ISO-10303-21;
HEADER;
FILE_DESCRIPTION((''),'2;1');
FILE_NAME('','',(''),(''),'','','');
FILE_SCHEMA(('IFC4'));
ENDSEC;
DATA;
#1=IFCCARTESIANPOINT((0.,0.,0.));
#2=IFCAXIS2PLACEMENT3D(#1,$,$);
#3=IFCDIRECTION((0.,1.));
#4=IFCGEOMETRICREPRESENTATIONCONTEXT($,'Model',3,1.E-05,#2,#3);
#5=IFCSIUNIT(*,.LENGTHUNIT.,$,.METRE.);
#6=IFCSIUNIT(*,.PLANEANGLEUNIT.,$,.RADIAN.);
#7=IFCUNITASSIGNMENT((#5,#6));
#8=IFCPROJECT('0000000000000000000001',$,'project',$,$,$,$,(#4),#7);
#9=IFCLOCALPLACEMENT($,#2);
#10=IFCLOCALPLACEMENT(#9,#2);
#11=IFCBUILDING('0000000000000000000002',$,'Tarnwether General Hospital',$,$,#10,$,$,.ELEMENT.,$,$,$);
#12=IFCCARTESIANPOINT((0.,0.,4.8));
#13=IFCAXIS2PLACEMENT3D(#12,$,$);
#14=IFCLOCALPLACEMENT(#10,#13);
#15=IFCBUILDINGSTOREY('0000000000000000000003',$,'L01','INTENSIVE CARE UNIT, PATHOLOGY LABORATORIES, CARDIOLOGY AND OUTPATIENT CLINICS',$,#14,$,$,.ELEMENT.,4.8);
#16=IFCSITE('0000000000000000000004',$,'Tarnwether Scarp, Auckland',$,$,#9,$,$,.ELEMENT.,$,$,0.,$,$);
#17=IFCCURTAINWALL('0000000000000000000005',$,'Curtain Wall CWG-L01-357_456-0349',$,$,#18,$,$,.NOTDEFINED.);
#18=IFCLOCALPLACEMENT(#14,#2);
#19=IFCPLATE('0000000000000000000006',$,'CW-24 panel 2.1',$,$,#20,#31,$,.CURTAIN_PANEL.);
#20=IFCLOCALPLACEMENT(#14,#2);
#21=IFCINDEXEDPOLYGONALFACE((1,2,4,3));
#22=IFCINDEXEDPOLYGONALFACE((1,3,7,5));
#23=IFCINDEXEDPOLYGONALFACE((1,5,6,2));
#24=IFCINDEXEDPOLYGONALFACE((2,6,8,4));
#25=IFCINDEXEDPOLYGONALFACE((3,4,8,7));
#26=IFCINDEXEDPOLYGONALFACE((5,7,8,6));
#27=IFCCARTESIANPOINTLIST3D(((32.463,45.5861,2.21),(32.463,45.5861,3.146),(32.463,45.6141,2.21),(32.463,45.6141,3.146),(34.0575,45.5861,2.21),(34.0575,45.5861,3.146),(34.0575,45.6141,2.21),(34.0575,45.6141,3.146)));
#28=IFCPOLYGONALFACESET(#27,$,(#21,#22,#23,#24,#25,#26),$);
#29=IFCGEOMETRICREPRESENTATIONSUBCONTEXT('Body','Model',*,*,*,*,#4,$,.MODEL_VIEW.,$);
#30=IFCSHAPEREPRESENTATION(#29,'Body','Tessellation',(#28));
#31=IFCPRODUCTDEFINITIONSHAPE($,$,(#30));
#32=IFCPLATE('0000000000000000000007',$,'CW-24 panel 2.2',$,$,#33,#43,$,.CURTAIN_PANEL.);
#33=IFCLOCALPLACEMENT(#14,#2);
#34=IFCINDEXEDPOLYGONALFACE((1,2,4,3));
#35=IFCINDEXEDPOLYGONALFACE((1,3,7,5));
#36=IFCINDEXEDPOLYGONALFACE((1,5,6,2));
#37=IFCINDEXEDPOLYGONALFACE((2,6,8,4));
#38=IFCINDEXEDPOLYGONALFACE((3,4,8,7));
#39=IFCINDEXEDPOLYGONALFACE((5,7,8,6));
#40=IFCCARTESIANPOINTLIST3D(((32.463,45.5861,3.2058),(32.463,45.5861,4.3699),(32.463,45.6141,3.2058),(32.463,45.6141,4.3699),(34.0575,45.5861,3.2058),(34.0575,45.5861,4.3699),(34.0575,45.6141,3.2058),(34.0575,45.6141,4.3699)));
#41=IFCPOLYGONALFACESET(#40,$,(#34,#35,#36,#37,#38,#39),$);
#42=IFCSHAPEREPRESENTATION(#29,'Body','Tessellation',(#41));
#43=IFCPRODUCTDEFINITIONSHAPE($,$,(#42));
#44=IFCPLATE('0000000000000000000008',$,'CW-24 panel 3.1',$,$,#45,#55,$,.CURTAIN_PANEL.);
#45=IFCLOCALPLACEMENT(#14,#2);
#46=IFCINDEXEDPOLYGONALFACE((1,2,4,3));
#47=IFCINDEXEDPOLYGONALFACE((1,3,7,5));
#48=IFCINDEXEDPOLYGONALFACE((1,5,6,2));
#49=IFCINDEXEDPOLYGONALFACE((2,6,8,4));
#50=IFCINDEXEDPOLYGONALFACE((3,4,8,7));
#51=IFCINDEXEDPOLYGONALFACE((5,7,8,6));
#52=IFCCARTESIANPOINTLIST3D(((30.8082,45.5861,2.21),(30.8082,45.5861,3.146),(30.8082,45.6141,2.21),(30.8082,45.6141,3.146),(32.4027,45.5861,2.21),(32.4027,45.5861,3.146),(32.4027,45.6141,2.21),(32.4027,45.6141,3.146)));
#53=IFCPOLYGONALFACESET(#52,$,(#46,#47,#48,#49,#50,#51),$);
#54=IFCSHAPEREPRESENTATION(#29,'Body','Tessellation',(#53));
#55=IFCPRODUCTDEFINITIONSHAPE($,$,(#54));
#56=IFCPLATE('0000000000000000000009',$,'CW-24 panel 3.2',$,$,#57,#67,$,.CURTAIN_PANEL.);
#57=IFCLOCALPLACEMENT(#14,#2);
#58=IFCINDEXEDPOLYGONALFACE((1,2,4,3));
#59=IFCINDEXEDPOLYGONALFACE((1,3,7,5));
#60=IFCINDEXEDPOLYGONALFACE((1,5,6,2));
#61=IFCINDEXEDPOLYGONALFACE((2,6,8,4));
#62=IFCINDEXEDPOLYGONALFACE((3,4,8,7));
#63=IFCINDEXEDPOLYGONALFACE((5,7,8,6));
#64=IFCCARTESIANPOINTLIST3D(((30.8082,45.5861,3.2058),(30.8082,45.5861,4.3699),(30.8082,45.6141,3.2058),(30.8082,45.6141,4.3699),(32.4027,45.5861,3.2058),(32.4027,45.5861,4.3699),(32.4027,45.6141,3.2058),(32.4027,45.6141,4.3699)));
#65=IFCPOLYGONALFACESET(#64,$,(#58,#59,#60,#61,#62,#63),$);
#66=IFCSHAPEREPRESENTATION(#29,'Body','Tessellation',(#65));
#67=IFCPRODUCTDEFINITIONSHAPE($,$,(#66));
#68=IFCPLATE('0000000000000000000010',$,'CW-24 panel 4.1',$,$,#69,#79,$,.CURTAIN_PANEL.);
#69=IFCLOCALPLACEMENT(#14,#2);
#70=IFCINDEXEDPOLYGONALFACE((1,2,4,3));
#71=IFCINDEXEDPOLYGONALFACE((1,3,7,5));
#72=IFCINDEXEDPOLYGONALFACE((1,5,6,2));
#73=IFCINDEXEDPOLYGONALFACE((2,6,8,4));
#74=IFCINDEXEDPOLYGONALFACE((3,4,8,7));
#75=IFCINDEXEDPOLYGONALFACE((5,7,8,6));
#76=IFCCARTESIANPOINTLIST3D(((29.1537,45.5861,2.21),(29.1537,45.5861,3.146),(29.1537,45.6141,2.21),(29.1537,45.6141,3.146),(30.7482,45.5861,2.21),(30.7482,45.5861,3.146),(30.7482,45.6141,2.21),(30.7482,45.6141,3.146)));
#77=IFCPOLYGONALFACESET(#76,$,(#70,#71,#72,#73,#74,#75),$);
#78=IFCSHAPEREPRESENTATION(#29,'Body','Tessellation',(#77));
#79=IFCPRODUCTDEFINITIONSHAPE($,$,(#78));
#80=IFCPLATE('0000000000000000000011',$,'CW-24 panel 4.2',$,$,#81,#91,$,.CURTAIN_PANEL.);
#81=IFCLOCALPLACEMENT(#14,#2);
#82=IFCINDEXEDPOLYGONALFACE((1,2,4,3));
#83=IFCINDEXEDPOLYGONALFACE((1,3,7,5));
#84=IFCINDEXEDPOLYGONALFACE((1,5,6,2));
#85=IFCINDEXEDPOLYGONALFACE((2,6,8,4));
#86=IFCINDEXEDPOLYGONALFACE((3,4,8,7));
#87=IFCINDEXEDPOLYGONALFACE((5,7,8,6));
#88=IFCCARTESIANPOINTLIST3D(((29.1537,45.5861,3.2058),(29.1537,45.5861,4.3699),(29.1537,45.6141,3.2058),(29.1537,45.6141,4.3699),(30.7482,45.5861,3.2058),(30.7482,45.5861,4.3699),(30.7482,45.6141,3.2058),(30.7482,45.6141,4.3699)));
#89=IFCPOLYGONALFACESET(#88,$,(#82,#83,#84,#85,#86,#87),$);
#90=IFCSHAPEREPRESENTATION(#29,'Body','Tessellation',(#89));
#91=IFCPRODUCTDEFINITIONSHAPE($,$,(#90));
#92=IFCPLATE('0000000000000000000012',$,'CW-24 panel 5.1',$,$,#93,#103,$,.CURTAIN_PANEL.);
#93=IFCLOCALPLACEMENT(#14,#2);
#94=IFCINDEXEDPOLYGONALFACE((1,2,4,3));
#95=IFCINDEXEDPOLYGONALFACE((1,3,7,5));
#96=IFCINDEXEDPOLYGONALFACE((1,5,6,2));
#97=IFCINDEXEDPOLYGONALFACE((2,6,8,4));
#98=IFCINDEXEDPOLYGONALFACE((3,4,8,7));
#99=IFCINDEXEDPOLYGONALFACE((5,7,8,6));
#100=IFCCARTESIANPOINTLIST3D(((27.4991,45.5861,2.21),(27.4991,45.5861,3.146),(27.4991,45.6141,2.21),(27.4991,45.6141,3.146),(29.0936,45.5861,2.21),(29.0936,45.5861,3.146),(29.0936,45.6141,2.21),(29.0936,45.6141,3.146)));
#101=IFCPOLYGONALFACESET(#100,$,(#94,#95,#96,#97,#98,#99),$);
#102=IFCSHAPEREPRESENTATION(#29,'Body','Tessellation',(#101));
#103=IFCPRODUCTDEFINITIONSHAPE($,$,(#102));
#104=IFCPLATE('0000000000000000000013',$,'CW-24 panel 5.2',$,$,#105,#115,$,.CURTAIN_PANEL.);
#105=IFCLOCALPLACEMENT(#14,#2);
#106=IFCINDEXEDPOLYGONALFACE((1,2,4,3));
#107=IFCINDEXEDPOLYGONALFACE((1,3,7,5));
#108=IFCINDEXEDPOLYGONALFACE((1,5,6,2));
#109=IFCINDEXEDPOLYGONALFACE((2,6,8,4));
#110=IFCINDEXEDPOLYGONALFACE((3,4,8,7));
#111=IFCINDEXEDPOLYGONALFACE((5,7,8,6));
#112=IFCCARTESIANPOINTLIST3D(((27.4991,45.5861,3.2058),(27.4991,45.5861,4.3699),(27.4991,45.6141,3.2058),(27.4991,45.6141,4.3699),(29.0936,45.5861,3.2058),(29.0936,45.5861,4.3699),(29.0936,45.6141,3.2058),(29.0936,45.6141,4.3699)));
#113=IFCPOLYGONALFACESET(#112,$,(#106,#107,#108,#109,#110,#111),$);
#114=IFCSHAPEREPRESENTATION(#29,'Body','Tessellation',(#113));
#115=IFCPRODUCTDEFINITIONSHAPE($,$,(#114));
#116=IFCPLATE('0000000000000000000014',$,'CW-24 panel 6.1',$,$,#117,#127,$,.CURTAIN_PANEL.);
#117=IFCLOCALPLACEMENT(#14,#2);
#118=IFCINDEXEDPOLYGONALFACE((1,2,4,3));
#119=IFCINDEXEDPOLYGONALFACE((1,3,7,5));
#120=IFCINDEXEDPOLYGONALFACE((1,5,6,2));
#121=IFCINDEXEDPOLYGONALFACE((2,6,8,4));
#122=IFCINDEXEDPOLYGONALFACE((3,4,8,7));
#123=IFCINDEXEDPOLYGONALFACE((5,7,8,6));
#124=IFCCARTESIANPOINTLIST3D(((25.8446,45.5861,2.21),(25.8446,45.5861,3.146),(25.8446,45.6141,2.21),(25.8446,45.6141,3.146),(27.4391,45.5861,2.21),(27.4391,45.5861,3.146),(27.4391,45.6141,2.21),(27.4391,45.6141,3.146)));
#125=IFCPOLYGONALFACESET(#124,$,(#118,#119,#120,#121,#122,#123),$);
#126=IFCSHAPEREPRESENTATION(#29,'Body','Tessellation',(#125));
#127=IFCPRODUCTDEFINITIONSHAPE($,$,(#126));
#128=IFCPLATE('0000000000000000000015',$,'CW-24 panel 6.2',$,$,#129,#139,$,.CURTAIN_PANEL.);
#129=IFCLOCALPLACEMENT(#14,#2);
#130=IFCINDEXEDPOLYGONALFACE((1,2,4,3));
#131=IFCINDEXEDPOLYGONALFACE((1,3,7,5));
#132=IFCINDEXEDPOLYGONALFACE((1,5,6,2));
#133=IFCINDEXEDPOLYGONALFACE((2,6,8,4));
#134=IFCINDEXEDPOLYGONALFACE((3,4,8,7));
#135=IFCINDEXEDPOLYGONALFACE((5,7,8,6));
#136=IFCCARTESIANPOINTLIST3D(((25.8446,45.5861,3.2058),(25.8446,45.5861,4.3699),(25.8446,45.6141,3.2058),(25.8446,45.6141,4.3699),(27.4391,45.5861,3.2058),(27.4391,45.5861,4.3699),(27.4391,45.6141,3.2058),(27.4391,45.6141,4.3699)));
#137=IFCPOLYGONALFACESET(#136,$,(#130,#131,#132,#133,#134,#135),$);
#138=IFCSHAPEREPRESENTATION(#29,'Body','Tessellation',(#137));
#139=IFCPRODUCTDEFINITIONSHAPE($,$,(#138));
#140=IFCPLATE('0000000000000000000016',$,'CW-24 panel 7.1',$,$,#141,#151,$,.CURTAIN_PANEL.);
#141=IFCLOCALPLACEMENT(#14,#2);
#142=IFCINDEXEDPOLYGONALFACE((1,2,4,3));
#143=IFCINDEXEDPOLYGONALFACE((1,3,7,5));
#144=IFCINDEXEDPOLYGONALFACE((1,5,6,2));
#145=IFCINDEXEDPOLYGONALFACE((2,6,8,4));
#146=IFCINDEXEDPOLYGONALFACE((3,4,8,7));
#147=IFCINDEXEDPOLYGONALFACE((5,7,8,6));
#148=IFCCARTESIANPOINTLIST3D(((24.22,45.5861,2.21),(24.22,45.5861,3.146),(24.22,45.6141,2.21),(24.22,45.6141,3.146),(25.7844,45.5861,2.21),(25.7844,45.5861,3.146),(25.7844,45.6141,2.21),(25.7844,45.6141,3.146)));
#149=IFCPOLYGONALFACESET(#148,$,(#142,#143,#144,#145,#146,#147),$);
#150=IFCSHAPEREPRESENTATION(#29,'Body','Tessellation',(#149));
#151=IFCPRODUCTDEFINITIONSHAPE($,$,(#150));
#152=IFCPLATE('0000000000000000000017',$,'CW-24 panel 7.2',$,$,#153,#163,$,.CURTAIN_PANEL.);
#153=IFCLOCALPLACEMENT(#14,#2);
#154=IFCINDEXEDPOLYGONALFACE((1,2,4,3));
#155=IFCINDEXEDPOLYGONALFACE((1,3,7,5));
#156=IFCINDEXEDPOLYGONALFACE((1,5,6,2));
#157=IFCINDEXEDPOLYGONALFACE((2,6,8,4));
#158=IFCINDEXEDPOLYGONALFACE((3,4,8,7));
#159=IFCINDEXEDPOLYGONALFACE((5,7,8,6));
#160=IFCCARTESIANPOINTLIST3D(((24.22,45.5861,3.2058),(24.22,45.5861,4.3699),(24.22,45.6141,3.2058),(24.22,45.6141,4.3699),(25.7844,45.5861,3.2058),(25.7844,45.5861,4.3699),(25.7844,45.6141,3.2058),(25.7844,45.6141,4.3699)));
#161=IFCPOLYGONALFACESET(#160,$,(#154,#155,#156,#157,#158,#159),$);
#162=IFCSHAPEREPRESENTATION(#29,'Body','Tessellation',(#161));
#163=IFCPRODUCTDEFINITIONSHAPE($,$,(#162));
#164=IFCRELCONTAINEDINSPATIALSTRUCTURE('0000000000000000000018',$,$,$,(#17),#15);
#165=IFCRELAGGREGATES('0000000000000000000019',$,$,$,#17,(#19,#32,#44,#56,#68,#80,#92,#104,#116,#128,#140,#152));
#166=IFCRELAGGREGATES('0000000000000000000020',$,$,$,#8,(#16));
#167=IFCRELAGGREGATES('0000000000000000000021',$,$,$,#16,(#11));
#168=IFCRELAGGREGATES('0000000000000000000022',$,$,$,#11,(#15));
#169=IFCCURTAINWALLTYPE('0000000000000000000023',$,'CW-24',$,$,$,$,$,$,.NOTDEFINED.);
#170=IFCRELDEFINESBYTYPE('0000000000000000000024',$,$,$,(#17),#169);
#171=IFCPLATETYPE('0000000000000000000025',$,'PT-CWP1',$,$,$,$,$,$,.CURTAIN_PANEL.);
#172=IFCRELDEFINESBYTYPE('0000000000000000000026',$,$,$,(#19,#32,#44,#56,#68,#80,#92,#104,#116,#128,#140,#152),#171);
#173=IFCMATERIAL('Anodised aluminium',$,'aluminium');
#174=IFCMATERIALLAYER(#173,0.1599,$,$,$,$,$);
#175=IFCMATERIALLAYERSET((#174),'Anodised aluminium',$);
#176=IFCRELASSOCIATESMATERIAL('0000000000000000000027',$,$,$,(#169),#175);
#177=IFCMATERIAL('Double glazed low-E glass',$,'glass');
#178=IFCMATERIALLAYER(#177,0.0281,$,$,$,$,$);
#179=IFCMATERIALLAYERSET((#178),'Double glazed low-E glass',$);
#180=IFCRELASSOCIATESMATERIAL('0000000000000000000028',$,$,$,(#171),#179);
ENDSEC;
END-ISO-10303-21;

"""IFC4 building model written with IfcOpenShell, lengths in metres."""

from ifc_helpers import new_model, si_unit, direction, frame, origin, origin_2d, place, context, subcontext, project, spatial, rectangle, extrude, material, layer, layer_set, type_object, element, aggregate, save


model = new_model("IFC4")

# Units and contexts
model_context = context("Model", 3, precision=1e-05, world=origin(), true_north=direction((0.0, 1.0)))
body_context = subcontext(model_context, "Body", "Model", "MODEL_VIEW")
ifc_project = project(units=[si_unit("LENGTHUNIT", "METRE"), si_unit("PLANEANGLEUNIT", "RADIAN")], contexts=[model_context])

# Site, building, storey
site_placement = place(None, origin())
site = spatial("IfcSite", under=ifc_project, at=site_placement, Name="Tarnwether Scarp, Auckland", CompositionType="ELEMENT", RefElevation=0.0)
building_placement = place(site_placement, origin())
building = spatial("IfcBuilding", under=site, at=building_placement, Name="Tarnwether General Hospital", CompositionType="ELEMENT")
storey_placement = place(building_placement, frame((0.0, 0.0, 4.8)))
storey = spatial("IfcBuildingStorey", under=building, at=storey_placement, Name="L01", Description="INTENSIVE CARE UNIT, PATHOLOGY LABORATORIES, CARDIOLOGY AND OUTPATIENT CLINICS", CompositionType="ELEMENT", Elevation=4.8)

# Curtain wall, plates
ifc_material_1 = material(Name="Anodised aluminium", Category="aluminium")
ifc_layer_1 = layer(ifc_material_1, 0.1599)
ifc_layer_set_1 = layer_set([ifc_layer_1], Name="Anodised aluminium")
curtain_wall_type = type_object("IfcCurtainWallType", Name="CW-24", PredefinedType="NOTDEFINED", material=ifc_layer_set_1)
curtain_wall_placement = place(storey_placement, origin())
curtain_wall = element("IfcCurtainWall", 1, at=curtain_wall_placement, inside=storey, type_object=curtain_wall_type, Name="Curtain Wall CWG-L01-357_456-0349", PredefinedType="NOTDEFINED")
ifc_material_2 = material(Name="Double glazed low-E glass", Category="glass")
ifc_layer_2 = layer(ifc_material_2, 0.0281)
ifc_layer_set_2 = layer_set([ifc_layer_2], Name="Double glazed low-E glass")
plate_type = type_object("IfcPlateType", Name="PT-CWP1", PredefinedType="CURTAIN_PANEL", material=ifc_layer_set_2)
plate_1_placement = place(storey_placement, frame((33.2603, 45.6001, 2.21), z_axis=(0.0, 0.0, 1.0), x_axis=(-1.0, 0.0, 0.0)))
plate_1 = element("IfcPlate", 2, at=plate_1_placement, type_object=plate_type, Name="CW-24 panel 2.1", PredefinedType="CURTAIN_PANEL", context=body_context, shape_type="SweptSolid", body=[
    extrude(rectangle(XDim=1.5945, YDim=0.0281, at=origin_2d()), origin(), (0.0, 0.0, 1.0), 0.936),
])
plate_2_placement = place(storey_placement, frame((33.2603, 45.6001, 3.2058), z_axis=(0.0, 0.0, 1.0), x_axis=(-1.0, 0.0, 0.0)))
plate_2 = element("IfcPlate", 3, at=plate_2_placement, type_object=plate_type, Name="CW-24 panel 2.2", PredefinedType="CURTAIN_PANEL", context=body_context, shape_type="SweptSolid", body=[
    extrude(rectangle(XDim=1.5945, YDim=0.0281, at=origin_2d()), origin(), (0.0, 0.0, 1.0), 1.1641),
])
plate_3_placement = place(storey_placement, frame((31.6055, 45.6001, 2.21), z_axis=(0.0, 0.0, 1.0), x_axis=(-1.0, 0.0, 0.0)))
plate_3 = element("IfcPlate", 4, at=plate_3_placement, type_object=plate_type, Name="CW-24 panel 3.1", PredefinedType="CURTAIN_PANEL", context=body_context, shape_type="SweptSolid", body=[
    extrude(rectangle(XDim=1.5945, YDim=0.0281, at=origin_2d()), origin(), (0.0, 0.0, 1.0), 0.936),
])
plate_4_placement = place(storey_placement, frame((31.6055, 45.6001, 3.2058), z_axis=(0.0, 0.0, 1.0), x_axis=(-1.0, 0.0, 0.0)))
plate_4 = element("IfcPlate", 5, at=plate_4_placement, type_object=plate_type, Name="CW-24 panel 3.2", PredefinedType="CURTAIN_PANEL", context=body_context, shape_type="SweptSolid", body=[
    extrude(rectangle(XDim=1.5945, YDim=0.0281, at=origin_2d()), origin(), (0.0, 0.0, 1.0), 1.1641),
])
plate_5_placement = place(storey_placement, frame((29.9509, 45.6001, 2.21), z_axis=(0.0, 0.0, 1.0), x_axis=(-1.0, 0.0, 0.0)))
plate_5 = element("IfcPlate", 6, at=plate_5_placement, type_object=plate_type, Name="CW-24 panel 4.1", PredefinedType="CURTAIN_PANEL", context=body_context, shape_type="SweptSolid", body=[
    extrude(rectangle(XDim=1.5945, YDim=0.0281, at=origin_2d()), origin(), (0.0, 0.0, 1.0), 0.936),
])
plate_6_placement = place(storey_placement, frame((29.9509, 45.6001, 3.2058), z_axis=(0.0, 0.0, 1.0), x_axis=(-1.0, 0.0, 0.0)))
plate_6 = element("IfcPlate", 7, at=plate_6_placement, type_object=plate_type, Name="CW-24 panel 4.2", PredefinedType="CURTAIN_PANEL", context=body_context, shape_type="SweptSolid", body=[
    extrude(rectangle(XDim=1.5945, YDim=0.0281, at=origin_2d()), origin(), (0.0, 0.0, 1.0), 1.1641),
])
plate_7_placement = place(storey_placement, frame((28.2964, 45.6001, 2.21), z_axis=(0.0, 0.0, 1.0), x_axis=(-1.0, 0.0, 0.0)))
plate_7 = element("IfcPlate", 8, at=plate_7_placement, type_object=plate_type, Name="CW-24 panel 5.1", PredefinedType="CURTAIN_PANEL", context=body_context, shape_type="SweptSolid", body=[
    extrude(rectangle(XDim=1.5945, YDim=0.0281, at=origin_2d()), origin(), (0.0, 0.0, 1.0), 0.936),
])
plate_8_placement = place(storey_placement, frame((28.2964, 45.6001, 3.2058), z_axis=(0.0, 0.0, 1.0), x_axis=(-1.0, 0.0, 0.0)))
plate_8 = element("IfcPlate", 9, at=plate_8_placement, type_object=plate_type, Name="CW-24 panel 5.2", PredefinedType="CURTAIN_PANEL", context=body_context, shape_type="SweptSolid", body=[
    extrude(rectangle(XDim=1.5945, YDim=0.0281, at=origin_2d()), origin(), (0.0, 0.0, 1.0), 1.1641),
])
plate_9_placement = place(storey_placement, frame((26.6418, 45.6001, 2.21), z_axis=(0.0, 0.0, 1.0), x_axis=(-1.0, 0.0, 0.0)))
plate_9 = element("IfcPlate", 10, at=plate_9_placement, type_object=plate_type, Name="CW-24 panel 6.1", PredefinedType="CURTAIN_PANEL", context=body_context, shape_type="SweptSolid", body=[
    extrude(rectangle(XDim=1.5945, YDim=0.0281, at=origin_2d()), origin(), (0.0, 0.0, 1.0), 0.936),
])
plate_10_placement = place(storey_placement, frame((26.6418, 45.6001, 3.2058), z_axis=(0.0, 0.0, 1.0), x_axis=(-1.0, 0.0, 0.0)))
plate_10 = element("IfcPlate", 11, at=plate_10_placement, type_object=plate_type, Name="CW-24 panel 6.2", PredefinedType="CURTAIN_PANEL", context=body_context, shape_type="SweptSolid", body=[
    extrude(rectangle(XDim=1.5945, YDim=0.0281, at=origin_2d()), origin(), (0.0, 0.0, 1.0), 1.1641),
])
plate_11_placement = place(storey_placement, frame((25.0022, 45.6001, 2.21), z_axis=(0.0, 0.0, 1.0), x_axis=(-1.0, 0.0, 0.0)))
plate_11 = element("IfcPlate", 12, at=plate_11_placement, type_object=plate_type, Name="CW-24 panel 7.1", PredefinedType="CURTAIN_PANEL", context=body_context, shape_type="SweptSolid", body=[
    extrude(rectangle(XDim=1.5645, YDim=0.0281, at=origin_2d()), origin(), (0.0, 0.0, 1.0), 0.936),
])
plate_12_placement = place(storey_placement, frame((25.0022, 45.6001, 3.2058), z_axis=(0.0, 0.0, 1.0), x_axis=(-1.0, 0.0, 0.0)))
plate_12 = element("IfcPlate", 13, at=plate_12_placement, type_object=plate_type, Name="CW-24 panel 7.2", PredefinedType="CURTAIN_PANEL", context=body_context, shape_type="SweptSolid", body=[
    extrude(rectangle(XDim=1.5645, YDim=0.0281, at=origin_2d()), origin(), (0.0, 0.0, 1.0), 1.1641),
])
aggregate(curtain_wall, [plate_1, plate_2, plate_3, plate_4, plate_5, plate_6, plate_7, plate_8, plate_9, plate_10, plate_11, plate_12])

save(model, "model.ifc")
